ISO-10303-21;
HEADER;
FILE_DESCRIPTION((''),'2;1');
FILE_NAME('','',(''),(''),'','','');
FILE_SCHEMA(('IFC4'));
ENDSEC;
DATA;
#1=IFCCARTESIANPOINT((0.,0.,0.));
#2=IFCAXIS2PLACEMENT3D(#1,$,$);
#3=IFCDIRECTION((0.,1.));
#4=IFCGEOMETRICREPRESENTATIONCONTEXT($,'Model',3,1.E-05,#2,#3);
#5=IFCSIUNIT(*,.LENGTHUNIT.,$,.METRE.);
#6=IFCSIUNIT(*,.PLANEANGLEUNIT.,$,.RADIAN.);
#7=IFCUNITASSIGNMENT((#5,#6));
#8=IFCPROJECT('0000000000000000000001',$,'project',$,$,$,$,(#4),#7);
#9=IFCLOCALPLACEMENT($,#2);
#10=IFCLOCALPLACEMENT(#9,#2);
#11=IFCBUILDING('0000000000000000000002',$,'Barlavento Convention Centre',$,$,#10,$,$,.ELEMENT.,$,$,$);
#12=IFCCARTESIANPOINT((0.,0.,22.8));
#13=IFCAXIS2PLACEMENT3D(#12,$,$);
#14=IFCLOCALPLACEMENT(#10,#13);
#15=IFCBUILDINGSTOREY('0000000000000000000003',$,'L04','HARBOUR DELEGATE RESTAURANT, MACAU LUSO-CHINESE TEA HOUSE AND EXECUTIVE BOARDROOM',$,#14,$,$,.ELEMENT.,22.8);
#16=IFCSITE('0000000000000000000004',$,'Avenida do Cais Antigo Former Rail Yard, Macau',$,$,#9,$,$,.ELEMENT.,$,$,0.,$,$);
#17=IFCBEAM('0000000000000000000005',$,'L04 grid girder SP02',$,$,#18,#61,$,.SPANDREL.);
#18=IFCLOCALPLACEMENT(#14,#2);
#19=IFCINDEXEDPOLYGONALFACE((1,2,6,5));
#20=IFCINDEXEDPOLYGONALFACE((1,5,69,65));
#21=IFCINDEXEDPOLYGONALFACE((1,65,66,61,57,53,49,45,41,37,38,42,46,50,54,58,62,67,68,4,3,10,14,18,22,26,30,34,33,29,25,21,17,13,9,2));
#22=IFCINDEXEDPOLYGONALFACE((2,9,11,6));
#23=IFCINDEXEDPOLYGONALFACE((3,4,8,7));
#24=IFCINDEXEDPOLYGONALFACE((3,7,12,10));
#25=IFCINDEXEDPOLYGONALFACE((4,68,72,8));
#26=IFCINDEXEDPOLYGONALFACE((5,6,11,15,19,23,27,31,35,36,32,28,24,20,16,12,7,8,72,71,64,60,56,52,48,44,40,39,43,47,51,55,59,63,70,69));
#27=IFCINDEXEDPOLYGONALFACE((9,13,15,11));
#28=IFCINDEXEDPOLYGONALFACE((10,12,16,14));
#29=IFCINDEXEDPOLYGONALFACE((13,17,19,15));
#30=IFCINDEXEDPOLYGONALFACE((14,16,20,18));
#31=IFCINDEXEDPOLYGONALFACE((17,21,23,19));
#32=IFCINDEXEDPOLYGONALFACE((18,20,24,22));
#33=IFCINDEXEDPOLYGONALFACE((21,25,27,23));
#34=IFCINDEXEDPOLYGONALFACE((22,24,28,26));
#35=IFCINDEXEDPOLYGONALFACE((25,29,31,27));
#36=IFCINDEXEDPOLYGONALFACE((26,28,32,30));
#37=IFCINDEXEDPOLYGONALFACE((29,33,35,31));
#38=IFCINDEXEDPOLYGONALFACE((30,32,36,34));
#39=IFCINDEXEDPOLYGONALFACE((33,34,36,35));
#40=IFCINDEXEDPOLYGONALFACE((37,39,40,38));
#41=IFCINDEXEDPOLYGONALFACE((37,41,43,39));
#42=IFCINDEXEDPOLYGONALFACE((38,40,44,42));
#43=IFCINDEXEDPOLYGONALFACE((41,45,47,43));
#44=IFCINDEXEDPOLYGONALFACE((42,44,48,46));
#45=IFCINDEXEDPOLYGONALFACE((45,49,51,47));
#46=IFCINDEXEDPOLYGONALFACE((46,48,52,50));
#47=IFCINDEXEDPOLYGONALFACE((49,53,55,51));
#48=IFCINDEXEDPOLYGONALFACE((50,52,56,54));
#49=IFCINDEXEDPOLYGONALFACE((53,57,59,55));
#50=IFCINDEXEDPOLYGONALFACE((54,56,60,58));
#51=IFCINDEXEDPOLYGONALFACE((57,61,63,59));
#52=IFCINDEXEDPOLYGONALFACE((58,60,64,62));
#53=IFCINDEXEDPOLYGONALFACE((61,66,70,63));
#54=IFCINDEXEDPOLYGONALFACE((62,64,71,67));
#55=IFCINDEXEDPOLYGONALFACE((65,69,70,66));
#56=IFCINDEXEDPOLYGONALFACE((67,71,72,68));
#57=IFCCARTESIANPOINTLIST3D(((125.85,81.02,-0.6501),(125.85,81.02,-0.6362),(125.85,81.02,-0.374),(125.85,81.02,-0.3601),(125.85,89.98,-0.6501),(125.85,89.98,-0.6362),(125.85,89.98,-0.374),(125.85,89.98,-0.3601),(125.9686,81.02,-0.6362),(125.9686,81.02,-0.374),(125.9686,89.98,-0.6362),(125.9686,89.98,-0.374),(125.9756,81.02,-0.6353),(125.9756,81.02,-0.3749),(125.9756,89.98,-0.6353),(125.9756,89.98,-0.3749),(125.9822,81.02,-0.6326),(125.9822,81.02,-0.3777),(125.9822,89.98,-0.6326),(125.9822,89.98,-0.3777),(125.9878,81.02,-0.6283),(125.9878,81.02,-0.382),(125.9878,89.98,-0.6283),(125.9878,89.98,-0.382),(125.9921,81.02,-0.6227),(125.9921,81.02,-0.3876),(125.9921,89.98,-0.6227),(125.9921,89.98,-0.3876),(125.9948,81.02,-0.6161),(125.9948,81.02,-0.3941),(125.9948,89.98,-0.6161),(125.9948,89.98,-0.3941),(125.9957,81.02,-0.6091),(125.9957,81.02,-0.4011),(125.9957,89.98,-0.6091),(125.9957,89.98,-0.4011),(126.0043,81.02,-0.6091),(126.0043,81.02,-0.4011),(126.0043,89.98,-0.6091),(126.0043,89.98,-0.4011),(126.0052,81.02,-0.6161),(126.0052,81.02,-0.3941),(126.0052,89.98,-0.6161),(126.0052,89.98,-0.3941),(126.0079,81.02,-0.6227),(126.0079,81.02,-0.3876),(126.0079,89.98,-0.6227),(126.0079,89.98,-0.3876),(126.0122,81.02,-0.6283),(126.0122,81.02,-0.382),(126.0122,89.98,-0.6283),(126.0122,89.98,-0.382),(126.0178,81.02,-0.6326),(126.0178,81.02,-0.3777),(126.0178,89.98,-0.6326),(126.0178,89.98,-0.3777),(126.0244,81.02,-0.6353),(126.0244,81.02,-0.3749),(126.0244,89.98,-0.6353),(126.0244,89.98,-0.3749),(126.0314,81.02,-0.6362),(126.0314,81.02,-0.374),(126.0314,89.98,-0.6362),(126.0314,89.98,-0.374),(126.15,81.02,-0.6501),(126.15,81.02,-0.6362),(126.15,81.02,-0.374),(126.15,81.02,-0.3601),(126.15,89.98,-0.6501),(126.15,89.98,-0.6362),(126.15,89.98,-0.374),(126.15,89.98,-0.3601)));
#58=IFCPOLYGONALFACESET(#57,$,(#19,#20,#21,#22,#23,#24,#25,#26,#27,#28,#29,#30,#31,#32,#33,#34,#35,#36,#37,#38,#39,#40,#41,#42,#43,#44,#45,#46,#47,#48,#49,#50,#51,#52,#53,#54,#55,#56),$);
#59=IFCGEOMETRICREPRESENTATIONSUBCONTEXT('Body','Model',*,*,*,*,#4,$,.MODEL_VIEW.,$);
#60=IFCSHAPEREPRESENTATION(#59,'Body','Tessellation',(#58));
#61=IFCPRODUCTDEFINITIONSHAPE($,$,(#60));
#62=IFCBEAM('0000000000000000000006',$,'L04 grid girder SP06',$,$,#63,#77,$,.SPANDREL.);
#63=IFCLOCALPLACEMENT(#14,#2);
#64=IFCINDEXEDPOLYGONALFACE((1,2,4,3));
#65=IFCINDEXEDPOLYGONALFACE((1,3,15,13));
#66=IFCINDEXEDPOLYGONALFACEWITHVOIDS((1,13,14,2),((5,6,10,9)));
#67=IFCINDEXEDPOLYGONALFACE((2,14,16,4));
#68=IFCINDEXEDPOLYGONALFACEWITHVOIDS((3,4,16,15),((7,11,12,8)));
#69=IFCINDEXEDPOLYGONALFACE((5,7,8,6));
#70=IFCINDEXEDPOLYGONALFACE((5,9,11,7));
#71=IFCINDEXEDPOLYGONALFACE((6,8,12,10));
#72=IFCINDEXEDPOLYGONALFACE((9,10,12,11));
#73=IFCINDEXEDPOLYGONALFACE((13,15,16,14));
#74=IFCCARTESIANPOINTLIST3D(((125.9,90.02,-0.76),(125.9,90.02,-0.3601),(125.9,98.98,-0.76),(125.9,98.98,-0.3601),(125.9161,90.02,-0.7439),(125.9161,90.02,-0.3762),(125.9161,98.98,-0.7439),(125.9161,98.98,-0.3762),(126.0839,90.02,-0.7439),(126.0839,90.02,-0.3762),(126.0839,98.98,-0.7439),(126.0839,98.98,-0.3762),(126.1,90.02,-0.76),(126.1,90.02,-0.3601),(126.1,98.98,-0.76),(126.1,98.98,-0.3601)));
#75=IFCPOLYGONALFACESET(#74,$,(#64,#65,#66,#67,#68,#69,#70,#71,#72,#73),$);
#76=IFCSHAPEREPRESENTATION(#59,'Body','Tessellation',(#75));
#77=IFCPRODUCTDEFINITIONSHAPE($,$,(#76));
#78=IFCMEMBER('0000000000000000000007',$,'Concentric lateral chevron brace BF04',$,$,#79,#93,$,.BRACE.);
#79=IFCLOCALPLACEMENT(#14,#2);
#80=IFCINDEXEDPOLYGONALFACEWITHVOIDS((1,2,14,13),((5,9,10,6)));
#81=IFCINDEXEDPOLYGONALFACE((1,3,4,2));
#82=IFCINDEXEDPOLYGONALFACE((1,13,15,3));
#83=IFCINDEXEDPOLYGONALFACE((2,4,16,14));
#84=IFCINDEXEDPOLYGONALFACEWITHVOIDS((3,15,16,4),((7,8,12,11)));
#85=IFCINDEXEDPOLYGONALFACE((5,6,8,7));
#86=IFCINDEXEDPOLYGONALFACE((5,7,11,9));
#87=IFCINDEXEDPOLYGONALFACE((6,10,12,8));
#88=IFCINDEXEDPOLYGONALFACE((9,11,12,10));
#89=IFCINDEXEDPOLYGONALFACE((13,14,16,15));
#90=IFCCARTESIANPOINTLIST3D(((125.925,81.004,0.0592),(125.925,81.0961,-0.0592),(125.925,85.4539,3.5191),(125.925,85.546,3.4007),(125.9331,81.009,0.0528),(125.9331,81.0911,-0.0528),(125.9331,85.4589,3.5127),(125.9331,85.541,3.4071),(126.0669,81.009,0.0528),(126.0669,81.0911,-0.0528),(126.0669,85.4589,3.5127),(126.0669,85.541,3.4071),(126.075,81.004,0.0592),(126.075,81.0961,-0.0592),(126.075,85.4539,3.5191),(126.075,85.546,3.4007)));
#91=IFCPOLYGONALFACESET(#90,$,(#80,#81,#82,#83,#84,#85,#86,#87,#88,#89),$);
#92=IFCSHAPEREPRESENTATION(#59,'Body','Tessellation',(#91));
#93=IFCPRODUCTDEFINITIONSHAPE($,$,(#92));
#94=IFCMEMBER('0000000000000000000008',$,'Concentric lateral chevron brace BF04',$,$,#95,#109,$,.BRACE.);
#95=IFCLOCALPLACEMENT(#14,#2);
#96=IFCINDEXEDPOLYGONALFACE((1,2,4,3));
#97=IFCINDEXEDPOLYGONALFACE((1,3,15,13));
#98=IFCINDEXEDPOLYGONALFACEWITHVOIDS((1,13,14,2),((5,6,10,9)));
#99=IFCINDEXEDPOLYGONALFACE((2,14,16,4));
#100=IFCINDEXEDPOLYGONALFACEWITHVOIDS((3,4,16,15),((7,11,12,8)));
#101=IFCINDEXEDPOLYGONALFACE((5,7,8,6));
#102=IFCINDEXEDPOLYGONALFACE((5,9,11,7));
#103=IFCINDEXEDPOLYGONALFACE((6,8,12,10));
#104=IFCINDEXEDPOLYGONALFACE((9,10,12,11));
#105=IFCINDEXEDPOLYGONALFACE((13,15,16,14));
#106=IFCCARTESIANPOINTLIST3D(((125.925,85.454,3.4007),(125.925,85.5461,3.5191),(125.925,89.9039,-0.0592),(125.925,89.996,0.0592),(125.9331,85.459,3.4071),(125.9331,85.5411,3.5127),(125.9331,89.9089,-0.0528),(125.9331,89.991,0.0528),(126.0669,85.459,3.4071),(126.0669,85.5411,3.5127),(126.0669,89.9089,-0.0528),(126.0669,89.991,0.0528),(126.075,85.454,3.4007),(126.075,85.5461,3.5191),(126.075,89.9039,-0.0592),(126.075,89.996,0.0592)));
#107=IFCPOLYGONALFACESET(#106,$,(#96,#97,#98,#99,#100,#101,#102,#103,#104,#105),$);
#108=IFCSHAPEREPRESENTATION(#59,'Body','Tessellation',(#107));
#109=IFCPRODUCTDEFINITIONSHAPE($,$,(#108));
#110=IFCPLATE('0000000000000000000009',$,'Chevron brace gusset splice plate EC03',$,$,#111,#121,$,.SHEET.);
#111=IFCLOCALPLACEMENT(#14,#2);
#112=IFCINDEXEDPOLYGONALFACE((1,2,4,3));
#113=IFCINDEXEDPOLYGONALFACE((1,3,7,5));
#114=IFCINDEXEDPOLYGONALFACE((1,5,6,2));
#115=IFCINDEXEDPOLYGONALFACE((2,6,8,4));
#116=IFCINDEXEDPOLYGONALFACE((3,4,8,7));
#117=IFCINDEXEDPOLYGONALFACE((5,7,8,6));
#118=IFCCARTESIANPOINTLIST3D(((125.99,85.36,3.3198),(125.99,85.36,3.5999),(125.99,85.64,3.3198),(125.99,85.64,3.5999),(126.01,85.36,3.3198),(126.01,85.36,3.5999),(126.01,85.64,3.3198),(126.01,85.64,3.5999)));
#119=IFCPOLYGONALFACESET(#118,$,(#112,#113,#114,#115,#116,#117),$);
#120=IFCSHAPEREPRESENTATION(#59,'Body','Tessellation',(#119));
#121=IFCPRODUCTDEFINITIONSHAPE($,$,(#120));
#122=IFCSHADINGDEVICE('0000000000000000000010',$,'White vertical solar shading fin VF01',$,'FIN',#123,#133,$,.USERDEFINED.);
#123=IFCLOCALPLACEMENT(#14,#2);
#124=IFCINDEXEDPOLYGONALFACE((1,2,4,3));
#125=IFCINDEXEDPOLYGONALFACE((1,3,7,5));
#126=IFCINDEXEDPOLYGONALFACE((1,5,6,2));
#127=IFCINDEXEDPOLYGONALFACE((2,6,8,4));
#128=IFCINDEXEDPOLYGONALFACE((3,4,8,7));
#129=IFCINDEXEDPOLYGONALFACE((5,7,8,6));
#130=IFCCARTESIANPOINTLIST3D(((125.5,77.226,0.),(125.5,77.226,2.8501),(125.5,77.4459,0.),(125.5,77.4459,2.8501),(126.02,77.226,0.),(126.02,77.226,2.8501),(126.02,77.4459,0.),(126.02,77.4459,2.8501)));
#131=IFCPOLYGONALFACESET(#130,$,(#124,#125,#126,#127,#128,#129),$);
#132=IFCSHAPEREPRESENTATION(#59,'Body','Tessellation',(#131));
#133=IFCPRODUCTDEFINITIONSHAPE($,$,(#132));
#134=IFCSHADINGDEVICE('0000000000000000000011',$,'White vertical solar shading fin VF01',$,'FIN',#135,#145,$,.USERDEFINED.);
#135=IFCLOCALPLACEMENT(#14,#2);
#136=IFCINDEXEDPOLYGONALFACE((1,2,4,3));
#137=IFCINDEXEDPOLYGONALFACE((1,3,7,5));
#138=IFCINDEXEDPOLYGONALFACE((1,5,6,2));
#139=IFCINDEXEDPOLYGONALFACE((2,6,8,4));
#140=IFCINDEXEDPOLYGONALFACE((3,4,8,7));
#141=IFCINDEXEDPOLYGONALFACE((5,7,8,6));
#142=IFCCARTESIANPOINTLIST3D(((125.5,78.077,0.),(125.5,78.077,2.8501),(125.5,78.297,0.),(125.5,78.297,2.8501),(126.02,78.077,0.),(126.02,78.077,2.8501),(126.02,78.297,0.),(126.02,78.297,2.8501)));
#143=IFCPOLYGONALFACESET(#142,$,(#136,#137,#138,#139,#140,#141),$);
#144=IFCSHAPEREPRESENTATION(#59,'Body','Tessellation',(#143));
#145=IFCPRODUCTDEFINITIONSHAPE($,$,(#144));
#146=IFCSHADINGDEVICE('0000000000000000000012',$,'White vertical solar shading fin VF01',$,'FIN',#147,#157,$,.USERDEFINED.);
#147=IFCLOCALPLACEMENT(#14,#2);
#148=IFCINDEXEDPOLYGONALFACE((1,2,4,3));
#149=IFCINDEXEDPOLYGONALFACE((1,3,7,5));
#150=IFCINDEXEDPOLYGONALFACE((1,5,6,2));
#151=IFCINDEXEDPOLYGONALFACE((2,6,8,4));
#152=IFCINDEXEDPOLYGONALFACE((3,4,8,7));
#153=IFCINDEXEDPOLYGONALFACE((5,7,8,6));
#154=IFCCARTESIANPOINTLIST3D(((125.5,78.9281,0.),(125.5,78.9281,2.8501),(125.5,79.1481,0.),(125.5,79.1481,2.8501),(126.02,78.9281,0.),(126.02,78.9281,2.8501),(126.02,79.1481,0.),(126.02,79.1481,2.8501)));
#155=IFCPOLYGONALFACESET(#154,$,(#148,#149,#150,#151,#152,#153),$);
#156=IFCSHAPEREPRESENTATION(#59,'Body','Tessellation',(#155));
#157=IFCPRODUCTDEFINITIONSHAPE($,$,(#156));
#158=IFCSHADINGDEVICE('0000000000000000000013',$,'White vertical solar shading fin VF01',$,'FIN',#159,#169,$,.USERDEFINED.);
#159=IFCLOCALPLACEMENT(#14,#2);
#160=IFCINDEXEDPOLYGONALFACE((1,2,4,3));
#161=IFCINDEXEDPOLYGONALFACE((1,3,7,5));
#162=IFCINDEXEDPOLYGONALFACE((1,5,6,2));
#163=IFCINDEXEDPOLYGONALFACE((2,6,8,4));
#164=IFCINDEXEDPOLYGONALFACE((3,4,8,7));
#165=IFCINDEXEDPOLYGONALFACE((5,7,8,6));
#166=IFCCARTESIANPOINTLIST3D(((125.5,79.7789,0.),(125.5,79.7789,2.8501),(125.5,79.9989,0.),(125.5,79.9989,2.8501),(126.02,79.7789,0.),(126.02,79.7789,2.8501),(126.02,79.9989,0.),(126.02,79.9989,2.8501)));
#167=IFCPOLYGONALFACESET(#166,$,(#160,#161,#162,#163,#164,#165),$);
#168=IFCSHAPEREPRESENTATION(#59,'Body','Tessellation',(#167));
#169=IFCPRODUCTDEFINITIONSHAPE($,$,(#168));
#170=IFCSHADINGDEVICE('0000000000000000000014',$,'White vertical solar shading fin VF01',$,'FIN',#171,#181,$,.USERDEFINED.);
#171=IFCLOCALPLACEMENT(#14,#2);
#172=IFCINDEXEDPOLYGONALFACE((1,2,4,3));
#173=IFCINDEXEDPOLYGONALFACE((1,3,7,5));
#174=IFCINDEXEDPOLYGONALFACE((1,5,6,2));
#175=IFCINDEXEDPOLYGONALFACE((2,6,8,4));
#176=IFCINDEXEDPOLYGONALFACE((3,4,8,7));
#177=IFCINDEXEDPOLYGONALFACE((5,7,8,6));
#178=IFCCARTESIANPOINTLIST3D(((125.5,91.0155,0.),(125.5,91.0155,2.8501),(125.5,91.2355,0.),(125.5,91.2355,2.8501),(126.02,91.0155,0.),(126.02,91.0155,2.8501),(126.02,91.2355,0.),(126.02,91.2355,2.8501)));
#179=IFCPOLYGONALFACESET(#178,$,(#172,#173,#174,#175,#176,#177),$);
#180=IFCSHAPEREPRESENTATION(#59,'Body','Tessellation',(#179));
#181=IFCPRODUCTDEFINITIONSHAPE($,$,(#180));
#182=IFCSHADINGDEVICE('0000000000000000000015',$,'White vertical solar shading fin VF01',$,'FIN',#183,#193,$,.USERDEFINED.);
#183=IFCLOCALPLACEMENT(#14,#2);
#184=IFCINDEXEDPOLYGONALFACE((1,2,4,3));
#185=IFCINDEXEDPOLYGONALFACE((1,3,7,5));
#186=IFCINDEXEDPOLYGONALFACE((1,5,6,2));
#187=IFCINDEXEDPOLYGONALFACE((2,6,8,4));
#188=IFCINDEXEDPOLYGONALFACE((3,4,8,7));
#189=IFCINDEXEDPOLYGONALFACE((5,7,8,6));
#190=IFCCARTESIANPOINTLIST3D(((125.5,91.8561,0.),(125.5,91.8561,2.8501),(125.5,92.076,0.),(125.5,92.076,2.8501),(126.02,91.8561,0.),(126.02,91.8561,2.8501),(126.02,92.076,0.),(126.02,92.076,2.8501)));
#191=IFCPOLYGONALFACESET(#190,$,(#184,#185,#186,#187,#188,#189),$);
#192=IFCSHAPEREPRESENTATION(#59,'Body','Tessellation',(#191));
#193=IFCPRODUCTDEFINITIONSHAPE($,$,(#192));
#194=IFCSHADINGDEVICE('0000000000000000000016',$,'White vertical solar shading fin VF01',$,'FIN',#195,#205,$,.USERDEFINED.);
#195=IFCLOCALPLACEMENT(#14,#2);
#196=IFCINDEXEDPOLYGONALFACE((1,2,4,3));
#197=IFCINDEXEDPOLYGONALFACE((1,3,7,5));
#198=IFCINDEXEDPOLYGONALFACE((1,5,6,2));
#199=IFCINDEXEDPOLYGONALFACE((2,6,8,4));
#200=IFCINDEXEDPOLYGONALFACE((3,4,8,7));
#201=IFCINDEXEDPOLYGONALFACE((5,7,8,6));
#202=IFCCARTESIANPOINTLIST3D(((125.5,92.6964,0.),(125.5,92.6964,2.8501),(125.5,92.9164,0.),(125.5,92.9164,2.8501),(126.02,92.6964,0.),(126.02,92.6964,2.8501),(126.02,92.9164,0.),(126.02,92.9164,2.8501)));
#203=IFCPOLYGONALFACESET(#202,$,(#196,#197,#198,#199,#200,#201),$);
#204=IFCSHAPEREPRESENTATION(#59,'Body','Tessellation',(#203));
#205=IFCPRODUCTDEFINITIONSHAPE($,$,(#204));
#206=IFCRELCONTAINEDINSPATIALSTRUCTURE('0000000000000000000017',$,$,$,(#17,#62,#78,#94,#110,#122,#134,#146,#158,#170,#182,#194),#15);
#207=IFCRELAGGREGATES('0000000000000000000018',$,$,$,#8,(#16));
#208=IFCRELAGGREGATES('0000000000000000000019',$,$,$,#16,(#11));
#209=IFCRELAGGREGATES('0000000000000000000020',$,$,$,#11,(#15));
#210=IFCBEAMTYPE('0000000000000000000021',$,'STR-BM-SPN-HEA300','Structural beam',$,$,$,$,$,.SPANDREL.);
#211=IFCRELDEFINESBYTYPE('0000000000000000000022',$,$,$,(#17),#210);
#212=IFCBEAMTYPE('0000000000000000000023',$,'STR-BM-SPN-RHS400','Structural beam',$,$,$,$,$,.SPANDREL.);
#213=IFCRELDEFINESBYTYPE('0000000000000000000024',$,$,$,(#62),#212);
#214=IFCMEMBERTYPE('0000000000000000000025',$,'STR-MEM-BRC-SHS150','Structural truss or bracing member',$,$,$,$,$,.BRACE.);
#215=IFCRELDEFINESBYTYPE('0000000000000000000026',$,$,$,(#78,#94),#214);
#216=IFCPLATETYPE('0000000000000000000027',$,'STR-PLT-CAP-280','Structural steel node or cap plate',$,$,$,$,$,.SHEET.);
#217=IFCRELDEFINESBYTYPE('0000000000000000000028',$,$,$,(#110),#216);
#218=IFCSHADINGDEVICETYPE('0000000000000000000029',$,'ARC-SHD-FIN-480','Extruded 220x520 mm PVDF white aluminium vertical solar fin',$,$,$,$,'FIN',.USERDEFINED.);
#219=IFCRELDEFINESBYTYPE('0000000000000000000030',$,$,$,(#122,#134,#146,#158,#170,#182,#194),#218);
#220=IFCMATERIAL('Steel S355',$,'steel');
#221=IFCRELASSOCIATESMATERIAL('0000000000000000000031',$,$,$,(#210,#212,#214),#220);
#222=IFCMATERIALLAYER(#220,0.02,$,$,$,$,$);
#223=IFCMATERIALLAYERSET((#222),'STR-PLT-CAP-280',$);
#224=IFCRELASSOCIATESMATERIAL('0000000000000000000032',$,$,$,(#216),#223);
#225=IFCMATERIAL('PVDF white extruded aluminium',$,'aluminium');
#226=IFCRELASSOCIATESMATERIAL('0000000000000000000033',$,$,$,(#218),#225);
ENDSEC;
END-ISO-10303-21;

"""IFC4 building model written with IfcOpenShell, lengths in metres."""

from ifc_helpers import new_model, si_unit, direction, frame, origin, origin_2d, place, context, subcontext, project, spatial, rectangle, hollow_rectangle, i_section, extrude, material, layer, layer_set, material_profile, profile_set, type_object, element, save


model = new_model("IFC4")

# Units and contexts
model_context = context("Model", 3, precision=1e-05, world=origin(), true_north=direction((0.0, 1.0)))
body_context = subcontext(model_context, "Body", "Model", "MODEL_VIEW")
ifc_project = project(units=[si_unit("LENGTHUNIT", "METRE"), si_unit("PLANEANGLEUNIT", "RADIAN")], contexts=[model_context])

# Site, building, storey
site_placement = place(None, origin())
site = spatial("IfcSite", under=ifc_project, at=site_placement, Name="Avenida do Cais Antigo Former Rail Yard, Macau", CompositionType="ELEMENT", RefElevation=0.0)
building_placement = place(site_placement, origin())
building = spatial("IfcBuilding", under=site, at=building_placement, Name="Barlavento Convention Centre", CompositionType="ELEMENT")
storey_placement = place(building_placement, frame((0.0, 0.0, 22.8)))
storey = spatial("IfcBuildingStorey", under=building, at=storey_placement, Name="L04", Description="HARBOUR DELEGATE RESTAURANT, MACAU LUSO-CHINESE TEA HOUSE AND EXECUTIVE BOARDROOM", CompositionType="ELEMENT", Elevation=22.8)

# Shared definitions
ifc_material_1 = material(Name="Steel S355", Category="steel")

# Beams
ifc_material_profile_1 = material_profile(ifc_material_1, i_section(OverallWidth=0.3, OverallDepth=0.29, WebThickness=0.0085, FlangeThickness=0.0139, FilletRadius=0.0271, at=origin_2d()), Name="HEA 300")
ifc_profile_set_1 = profile_set([ifc_material_profile_1], Name="Steel S355")
beam_type_1 = type_object("IfcBeamType", Name="STR-BM-SPN-HEA300", Description="Structural beam", PredefinedType="SPANDREL", material=ifc_profile_set_1)
beam_1_placement = place(storey_placement, frame((126.0, 81.02, -0.5051), z_axis=(0.0, 1.0, 0.0), x_axis=(-1.0, 0.0, 0.0)))
element("IfcBeam", 1, at=beam_1_placement, inside=storey, type_object=beam_type_1, Name="L04 grid girder SP02", PredefinedType="SPANDREL", context=body_context, shape_type="SweptSolid", body=[
    extrude(i_section(OverallWidth=0.3, OverallDepth=0.29, WebThickness=0.0085, FlangeThickness=0.0139, FilletRadius=0.0271, at=origin_2d()), origin(), (0.0, 0.0, 1.0), 8.96),
])
ifc_material_profile_2 = material_profile(ifc_material_1, hollow_rectangle(XDim=0.2, YDim=0.3999, WallThickness=0.0161, at=origin_2d()), Name="RHS 400x200x16.0")
ifc_profile_set_2 = profile_set([ifc_material_profile_2], Name="Steel S355")
beam_type_2 = type_object("IfcBeamType", Name="STR-BM-SPN-RHS400", Description="Structural beam", PredefinedType="SPANDREL", material=ifc_profile_set_2)
beam_2_placement = place(storey_placement, frame((126.0, 90.02, -0.5601), z_axis=(0.0, 1.0, 0.0), x_axis=(-1.0, 0.0, 0.0)))
element("IfcBeam", 2, at=beam_2_placement, inside=storey, type_object=beam_type_2, Name="L04 grid girder SP06", PredefinedType="SPANDREL", context=body_context, shape_type="SweptSolid", body=[
    extrude(hollow_rectangle(XDim=0.2, YDim=0.3999, WallThickness=0.0161, at=origin_2d()), origin(), (0.0, 0.0, 1.0), 8.96),
])

# Members
ifc_material_profile_3 = material_profile(ifc_material_1, hollow_rectangle(XDim=0.1499, YDim=0.1499, WallThickness=0.0081, at=origin_2d()), Name="SHS 150x150x8.0")
ifc_profile_set_3 = profile_set([ifc_material_profile_3], Name="Steel S355")
member_type = type_object("IfcMemberType", Name="STR-MEM-BRC-SHS150", Description="Structural truss or bracing member", PredefinedType="BRACE", material=ifc_profile_set_3)
for number, where, z_axis, x_axis, name in (
    (3, (126.0, 81.05, 0.0), (0.0, 0.789448, 0.613818), (-1.0, 0.0, 0.0), "Concentric lateral chevron brace BF04"),
    (4, (126.0, 89.95, 0.0), (0.0, -0.789448, 0.613818), (1.0, 0.0, 0.0), "Concentric lateral chevron brace BF04"),
):
    element("IfcMember", number, at=place(storey_placement, frame(where, z_axis=z_axis, x_axis=x_axis)), inside=storey, type_object=member_type, Name=name, PredefinedType="BRACE", context=body_context, shape_type="SweptSolid", body=[
        extrude(hollow_rectangle(XDim=0.1499, YDim=0.1499, WallThickness=0.0081, at=origin_2d()), origin(), (0.0, 0.0, 1.0), 5.6367),
    ])

# Plate
ifc_layer = layer(ifc_material_1, 0.02)
ifc_layer_set = layer_set([ifc_layer], Name="STR-PLT-CAP-280")
plate_type = type_object("IfcPlateType", Name="STR-PLT-CAP-280", Description="Structural steel node or cap plate", PredefinedType="SHEET", material=ifc_layer_set)
plate_placement = place(storey_placement, frame((126.0, 85.5, 3.3198), z_axis=(0.0, 0.0, 1.0), x_axis=(1.0, 0.0, 0.0)))
element("IfcPlate", 5, at=plate_placement, inside=storey, type_object=plate_type, Name="Chevron brace gusset splice plate EC03", PredefinedType="SHEET", context=body_context, shape_type="SweptSolid", body=[
    extrude(rectangle(XDim=0.02, YDim=0.28, at=origin_2d()), origin(), (0.0, 0.0, 1.0), 0.28),
])

# Shading devices
ifc_material_2 = material(Name="PVDF white extruded aluminium", Category="aluminium")
shading_device_type = type_object("IfcShadingDeviceType", Name="ARC-SHD-FIN-480", Description="Extruded 220x520 mm PVDF white aluminium vertical solar fin", ElementType="FIN", PredefinedType="USERDEFINED", material=ifc_material_2)
for number, where, z_axis, x_axis, name in (
    (6, (125.76, 77.3359, 0.0), (0.0, 0.0, 1.0), (0.0, 1.0, 0.0), "White vertical solar shading fin VF01"),
    (7, (125.76, 78.187, 0.0), (0.0, 0.0, 1.0), (0.0, 1.0, 0.0), "White vertical solar shading fin VF01"),
    (8, (125.76, 79.0381, 0.0), (0.0, 0.0, 1.0), (0.0, 1.0, 0.0), "White vertical solar shading fin VF01"),
    (9, (125.76, 79.8889, 0.0), (0.0, 0.0, 1.0), (0.0, 1.0, 0.0), "White vertical solar shading fin VF01"),
    (10, (125.76, 91.1255, 0.0), (0.0, 0.0, 1.0), (0.0, 1.0, 0.0), "White vertical solar shading fin VF01"),
    (11, (125.76, 91.9661, 0.0), (0.0, 0.0, 1.0), (0.0, 1.0, 0.0), "White vertical solar shading fin VF01"),
    (12, (125.76, 92.8064, 0.0), (0.0, 0.0, 1.0), (0.0, 1.0, 0.0), "White vertical solar shading fin VF01"),
):
    element("IfcShadingDevice", number, at=place(storey_placement, frame(where, z_axis=z_axis, x_axis=x_axis)), inside=storey, type_object=shading_device_type, Name=name, ObjectType="FIN", PredefinedType="USERDEFINED", context=body_context, shape_type="SweptSolid", body=[
        extrude(rectangle(XDim=0.22, YDim=0.52, at=origin_2d()), origin(), (0.0, 0.0, 1.0), 2.8501),
    ])

save(model, "model.ifc")
